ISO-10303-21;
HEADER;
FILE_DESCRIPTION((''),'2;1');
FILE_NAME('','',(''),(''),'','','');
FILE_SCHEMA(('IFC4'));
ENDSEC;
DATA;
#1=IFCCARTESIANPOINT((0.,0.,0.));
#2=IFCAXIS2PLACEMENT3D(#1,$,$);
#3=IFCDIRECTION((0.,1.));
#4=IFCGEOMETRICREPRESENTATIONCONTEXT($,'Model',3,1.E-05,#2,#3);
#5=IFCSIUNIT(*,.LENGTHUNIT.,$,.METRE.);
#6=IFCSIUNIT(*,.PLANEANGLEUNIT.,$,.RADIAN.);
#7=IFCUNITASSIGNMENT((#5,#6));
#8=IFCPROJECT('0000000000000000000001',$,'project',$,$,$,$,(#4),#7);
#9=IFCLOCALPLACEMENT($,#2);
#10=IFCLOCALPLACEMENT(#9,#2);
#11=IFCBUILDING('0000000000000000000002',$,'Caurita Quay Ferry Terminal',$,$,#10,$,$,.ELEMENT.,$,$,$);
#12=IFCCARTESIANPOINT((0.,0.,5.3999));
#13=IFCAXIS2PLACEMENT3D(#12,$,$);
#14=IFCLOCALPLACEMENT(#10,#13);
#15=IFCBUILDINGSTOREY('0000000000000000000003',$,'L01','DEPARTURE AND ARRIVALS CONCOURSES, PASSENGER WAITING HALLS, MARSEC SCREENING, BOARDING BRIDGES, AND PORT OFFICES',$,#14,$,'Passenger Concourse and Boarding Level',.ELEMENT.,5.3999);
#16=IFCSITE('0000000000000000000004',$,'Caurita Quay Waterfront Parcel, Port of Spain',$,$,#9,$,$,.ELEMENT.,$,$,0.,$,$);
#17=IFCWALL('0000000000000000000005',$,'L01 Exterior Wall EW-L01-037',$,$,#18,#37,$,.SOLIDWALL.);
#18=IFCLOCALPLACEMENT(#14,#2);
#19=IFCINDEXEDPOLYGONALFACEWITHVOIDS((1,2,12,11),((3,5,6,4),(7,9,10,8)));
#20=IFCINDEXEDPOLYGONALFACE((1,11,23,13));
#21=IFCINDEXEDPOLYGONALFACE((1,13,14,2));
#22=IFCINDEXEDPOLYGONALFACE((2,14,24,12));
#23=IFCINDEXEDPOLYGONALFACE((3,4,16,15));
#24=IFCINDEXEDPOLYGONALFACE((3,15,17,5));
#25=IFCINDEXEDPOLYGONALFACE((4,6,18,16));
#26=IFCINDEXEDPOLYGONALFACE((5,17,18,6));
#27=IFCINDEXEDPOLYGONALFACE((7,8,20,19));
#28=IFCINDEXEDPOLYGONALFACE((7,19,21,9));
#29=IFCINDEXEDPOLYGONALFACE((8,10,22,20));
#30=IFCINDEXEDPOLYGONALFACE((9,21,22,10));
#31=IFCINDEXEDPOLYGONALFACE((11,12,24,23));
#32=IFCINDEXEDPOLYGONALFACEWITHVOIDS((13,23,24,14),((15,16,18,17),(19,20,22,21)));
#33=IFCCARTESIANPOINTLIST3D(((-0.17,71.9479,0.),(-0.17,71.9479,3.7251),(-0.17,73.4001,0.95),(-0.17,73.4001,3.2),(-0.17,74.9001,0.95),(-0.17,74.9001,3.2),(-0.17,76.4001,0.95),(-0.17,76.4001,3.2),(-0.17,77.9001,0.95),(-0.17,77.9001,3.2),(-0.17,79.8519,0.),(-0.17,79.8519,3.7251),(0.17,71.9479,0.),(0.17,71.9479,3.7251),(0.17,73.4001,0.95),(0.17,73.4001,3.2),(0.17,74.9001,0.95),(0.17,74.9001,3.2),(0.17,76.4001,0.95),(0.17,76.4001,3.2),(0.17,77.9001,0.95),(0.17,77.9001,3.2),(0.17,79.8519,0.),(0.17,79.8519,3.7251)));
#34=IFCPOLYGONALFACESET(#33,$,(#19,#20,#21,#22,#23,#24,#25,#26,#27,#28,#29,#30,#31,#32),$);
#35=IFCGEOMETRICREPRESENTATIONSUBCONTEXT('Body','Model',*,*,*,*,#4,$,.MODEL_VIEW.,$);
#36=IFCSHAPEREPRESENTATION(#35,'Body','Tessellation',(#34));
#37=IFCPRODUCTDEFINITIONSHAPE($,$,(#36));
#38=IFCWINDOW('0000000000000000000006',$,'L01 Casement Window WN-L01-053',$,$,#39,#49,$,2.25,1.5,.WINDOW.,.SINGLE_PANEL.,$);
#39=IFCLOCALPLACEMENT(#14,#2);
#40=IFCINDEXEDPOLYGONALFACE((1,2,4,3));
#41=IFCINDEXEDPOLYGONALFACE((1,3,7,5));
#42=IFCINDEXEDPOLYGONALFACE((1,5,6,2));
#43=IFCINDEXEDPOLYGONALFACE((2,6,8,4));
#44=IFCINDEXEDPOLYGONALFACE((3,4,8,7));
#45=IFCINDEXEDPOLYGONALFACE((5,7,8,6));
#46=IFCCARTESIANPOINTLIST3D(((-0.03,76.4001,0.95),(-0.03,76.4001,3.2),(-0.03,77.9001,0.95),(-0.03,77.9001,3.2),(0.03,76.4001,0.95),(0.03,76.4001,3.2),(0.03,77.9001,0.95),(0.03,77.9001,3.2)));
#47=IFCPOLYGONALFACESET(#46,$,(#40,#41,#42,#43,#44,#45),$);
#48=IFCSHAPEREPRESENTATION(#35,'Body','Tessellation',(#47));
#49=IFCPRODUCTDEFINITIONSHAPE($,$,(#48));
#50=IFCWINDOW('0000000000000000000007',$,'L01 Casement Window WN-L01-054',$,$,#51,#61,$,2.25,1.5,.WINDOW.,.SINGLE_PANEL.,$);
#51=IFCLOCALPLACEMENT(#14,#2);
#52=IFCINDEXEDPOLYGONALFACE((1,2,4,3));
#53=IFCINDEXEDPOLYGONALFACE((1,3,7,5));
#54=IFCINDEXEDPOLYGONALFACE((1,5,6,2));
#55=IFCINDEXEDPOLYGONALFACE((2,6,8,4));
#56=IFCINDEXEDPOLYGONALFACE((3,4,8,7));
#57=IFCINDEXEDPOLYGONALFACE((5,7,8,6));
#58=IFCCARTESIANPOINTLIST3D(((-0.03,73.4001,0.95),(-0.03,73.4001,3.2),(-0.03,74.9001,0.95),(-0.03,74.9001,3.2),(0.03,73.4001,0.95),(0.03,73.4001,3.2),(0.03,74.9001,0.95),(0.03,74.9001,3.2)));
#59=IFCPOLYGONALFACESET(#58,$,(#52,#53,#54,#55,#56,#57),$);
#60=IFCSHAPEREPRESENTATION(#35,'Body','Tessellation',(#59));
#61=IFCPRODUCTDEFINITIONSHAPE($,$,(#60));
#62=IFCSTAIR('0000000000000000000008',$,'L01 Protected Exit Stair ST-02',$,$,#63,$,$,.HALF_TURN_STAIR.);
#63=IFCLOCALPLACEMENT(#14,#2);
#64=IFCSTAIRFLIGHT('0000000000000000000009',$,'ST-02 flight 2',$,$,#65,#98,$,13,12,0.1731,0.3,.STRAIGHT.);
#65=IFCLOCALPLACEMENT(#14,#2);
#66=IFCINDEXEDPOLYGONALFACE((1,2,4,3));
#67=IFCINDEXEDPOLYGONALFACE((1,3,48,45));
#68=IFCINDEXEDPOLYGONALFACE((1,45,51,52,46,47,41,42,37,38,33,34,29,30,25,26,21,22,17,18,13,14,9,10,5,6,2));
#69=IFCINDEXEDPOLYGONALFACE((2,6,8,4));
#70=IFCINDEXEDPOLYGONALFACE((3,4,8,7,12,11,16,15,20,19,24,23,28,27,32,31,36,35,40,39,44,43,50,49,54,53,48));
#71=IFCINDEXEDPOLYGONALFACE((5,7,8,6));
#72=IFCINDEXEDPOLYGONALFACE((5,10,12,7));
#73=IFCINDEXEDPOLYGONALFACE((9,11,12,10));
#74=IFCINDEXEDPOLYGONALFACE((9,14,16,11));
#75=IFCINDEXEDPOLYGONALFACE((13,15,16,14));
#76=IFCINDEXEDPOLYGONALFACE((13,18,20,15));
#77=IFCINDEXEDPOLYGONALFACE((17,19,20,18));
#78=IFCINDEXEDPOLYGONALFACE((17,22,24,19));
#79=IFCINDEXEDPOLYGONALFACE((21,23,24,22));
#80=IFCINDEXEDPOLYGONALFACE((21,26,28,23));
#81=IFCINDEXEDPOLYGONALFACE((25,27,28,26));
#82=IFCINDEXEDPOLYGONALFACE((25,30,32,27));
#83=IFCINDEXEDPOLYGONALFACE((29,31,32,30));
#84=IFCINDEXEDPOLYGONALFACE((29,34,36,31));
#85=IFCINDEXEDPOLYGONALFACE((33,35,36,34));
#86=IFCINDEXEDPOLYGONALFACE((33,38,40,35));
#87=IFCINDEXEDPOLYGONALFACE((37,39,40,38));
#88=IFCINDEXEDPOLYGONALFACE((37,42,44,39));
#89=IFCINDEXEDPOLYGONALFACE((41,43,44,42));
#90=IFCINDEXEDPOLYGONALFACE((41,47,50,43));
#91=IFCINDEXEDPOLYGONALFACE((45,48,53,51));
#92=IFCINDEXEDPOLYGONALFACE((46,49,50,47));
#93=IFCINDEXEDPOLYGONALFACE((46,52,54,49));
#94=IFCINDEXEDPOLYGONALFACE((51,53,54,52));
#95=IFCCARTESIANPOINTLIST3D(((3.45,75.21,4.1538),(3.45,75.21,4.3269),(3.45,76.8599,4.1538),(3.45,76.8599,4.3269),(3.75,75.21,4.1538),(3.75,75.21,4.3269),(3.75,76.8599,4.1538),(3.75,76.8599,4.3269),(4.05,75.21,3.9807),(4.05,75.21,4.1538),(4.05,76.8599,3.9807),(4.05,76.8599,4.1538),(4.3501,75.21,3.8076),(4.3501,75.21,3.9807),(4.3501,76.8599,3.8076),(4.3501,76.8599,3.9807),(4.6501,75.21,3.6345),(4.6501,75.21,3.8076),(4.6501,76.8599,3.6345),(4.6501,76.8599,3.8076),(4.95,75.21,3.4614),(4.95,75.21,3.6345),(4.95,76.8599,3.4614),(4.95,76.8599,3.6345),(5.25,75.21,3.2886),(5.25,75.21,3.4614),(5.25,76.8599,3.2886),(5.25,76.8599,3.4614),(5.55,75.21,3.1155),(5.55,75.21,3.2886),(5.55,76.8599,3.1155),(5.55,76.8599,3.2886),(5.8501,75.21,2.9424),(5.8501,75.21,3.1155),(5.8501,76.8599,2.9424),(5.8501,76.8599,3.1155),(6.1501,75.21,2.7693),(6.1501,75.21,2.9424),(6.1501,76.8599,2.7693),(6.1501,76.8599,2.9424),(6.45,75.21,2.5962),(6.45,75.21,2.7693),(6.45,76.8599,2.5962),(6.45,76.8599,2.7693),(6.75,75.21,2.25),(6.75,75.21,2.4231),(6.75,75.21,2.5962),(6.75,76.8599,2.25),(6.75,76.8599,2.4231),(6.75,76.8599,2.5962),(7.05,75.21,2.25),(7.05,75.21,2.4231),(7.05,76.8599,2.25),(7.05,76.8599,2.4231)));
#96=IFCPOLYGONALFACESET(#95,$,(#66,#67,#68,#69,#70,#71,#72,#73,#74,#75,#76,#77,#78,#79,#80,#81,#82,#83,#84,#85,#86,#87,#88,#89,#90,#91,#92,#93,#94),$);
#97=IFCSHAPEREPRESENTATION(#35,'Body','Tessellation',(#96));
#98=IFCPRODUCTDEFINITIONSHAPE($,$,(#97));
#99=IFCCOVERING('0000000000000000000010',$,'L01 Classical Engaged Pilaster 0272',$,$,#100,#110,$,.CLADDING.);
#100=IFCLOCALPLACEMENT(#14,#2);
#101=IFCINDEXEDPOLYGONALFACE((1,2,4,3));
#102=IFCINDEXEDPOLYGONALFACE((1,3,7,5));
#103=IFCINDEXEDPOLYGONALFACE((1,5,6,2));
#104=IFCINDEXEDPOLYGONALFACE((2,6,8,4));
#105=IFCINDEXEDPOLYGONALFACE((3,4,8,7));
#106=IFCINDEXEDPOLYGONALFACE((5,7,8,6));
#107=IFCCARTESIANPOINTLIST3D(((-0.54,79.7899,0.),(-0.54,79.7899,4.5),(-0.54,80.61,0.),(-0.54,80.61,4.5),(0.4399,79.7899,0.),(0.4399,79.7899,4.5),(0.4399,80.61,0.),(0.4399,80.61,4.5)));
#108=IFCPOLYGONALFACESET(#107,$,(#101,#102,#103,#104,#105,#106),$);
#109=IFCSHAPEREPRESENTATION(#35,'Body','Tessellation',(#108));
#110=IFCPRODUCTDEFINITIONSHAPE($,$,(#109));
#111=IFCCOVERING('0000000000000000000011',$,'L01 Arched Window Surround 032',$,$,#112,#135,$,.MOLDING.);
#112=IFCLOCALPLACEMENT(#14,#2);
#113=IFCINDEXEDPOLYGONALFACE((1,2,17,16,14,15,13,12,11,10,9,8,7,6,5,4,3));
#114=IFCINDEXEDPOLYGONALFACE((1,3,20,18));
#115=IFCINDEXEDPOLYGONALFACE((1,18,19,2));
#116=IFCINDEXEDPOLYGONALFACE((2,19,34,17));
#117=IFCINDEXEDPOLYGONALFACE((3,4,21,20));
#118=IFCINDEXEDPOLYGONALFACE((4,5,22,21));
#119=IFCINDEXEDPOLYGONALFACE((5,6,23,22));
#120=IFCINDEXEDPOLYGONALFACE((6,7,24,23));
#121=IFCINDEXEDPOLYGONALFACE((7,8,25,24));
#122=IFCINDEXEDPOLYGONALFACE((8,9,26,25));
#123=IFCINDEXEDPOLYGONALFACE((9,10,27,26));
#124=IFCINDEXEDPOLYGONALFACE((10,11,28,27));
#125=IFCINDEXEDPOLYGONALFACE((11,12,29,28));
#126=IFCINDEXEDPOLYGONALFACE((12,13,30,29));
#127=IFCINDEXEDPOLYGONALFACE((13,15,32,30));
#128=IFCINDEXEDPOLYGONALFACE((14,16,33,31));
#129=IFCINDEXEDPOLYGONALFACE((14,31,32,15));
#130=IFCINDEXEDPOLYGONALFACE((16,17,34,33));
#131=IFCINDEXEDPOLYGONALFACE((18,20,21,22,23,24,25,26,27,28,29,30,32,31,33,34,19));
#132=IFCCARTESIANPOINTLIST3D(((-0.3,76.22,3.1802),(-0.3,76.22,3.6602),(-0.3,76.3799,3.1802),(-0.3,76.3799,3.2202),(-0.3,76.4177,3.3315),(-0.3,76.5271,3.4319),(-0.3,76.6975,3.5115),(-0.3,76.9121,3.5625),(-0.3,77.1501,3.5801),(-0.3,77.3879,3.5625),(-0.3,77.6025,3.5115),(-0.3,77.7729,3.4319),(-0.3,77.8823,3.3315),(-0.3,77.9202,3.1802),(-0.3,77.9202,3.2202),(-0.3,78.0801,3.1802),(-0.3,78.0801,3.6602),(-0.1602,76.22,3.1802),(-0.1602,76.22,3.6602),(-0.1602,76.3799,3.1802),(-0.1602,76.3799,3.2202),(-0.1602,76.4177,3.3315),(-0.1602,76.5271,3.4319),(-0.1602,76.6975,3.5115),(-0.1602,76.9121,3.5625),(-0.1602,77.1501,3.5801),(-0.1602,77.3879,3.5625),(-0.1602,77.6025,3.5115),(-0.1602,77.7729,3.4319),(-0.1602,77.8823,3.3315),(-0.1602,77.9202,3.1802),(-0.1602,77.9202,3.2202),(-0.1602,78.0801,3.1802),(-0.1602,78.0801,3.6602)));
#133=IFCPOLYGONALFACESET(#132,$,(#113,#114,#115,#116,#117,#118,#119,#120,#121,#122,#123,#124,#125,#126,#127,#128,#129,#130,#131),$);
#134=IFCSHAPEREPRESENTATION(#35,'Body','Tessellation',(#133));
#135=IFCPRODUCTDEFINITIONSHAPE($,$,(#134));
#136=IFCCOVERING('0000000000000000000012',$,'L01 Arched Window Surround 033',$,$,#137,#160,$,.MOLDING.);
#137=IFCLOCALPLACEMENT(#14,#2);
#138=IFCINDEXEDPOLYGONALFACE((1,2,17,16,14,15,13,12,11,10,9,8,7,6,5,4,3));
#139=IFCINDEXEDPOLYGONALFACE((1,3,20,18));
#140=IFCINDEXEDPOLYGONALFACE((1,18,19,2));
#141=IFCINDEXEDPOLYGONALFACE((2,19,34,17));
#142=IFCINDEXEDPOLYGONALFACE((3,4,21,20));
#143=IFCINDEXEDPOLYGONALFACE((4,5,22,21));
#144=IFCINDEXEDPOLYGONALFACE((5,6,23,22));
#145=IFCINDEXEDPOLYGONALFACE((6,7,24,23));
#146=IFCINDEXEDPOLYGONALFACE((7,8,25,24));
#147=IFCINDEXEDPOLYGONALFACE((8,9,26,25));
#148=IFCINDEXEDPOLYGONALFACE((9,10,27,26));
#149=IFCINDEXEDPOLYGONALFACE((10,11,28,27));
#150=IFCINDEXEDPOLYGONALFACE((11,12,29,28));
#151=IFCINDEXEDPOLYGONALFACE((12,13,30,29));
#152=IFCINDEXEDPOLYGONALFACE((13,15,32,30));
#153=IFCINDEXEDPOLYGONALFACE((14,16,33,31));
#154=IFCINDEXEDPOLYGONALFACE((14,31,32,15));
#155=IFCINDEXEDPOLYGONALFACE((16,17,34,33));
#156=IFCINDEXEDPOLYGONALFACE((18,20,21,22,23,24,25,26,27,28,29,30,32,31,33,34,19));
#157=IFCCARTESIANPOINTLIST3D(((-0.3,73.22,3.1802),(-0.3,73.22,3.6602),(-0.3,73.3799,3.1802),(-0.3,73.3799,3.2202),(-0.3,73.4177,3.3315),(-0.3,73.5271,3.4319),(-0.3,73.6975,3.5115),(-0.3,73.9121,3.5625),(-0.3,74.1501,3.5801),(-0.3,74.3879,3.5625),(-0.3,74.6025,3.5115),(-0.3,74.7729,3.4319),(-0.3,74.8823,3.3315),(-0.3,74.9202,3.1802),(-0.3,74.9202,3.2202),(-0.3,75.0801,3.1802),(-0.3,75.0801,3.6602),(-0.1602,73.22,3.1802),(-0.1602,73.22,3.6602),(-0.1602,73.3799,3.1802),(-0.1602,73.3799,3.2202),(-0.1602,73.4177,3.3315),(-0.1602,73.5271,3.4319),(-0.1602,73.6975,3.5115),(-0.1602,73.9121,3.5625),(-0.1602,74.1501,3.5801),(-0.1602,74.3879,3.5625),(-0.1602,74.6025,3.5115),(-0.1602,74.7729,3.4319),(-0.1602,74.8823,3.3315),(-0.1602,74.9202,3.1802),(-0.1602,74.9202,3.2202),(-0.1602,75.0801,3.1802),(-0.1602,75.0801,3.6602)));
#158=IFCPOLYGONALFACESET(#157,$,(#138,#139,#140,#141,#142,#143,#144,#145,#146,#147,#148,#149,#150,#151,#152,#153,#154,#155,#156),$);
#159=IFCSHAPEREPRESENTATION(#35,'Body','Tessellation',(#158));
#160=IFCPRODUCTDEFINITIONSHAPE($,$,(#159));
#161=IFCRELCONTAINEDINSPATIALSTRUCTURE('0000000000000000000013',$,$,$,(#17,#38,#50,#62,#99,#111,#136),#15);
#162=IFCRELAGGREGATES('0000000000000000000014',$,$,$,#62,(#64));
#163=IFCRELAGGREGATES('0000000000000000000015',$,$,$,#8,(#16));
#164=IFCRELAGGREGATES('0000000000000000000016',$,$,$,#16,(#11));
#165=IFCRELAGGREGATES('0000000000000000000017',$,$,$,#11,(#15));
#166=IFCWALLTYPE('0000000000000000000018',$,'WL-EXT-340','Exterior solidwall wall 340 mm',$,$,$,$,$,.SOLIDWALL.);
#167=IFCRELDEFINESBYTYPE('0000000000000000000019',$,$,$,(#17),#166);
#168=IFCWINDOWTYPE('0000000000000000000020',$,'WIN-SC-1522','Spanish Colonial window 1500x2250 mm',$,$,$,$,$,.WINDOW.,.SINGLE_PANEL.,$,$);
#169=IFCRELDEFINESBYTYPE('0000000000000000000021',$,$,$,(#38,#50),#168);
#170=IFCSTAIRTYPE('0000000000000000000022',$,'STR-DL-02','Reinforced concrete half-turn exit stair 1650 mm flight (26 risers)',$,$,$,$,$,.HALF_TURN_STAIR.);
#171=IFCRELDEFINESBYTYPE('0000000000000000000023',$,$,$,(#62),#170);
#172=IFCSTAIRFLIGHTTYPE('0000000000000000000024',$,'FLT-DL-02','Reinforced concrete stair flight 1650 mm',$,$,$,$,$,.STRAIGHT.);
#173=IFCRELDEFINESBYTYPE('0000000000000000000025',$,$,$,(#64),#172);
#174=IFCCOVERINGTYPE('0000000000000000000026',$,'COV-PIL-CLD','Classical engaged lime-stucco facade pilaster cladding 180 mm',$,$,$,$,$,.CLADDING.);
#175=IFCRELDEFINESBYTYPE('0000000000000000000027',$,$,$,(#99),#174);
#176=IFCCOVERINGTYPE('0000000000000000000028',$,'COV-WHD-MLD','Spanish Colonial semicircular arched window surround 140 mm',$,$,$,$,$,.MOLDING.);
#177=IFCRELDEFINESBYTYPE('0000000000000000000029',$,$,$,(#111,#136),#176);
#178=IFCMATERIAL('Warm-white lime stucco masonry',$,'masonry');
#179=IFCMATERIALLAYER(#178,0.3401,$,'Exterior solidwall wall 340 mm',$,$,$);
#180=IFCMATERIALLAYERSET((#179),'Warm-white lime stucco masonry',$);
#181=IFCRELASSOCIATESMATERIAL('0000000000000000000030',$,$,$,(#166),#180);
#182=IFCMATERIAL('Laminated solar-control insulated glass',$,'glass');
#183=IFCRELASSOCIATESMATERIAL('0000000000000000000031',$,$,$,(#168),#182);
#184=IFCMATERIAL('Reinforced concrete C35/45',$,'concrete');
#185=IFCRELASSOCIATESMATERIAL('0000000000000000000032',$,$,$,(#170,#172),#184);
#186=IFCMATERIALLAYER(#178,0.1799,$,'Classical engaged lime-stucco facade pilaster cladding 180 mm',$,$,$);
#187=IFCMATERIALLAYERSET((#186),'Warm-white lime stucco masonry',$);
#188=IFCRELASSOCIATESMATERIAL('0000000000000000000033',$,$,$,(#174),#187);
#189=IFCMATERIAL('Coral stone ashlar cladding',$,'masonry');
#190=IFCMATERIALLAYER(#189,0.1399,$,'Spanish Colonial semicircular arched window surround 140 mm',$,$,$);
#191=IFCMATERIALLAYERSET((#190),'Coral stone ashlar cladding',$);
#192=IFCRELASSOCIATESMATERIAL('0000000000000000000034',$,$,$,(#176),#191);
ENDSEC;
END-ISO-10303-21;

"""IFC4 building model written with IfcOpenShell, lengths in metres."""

from ifc_helpers import new_model, si_unit, direction, frame, frame_2d, origin, origin_2d, place, context, subcontext, project, spatial, polyline, rectangle, outline, extrude, material, layer, layer_set, type_object, element, fill, aggregate, save


model = new_model("IFC4")

# Units and contexts
model_context = context("Model", 3, precision=1e-05, world=origin(), true_north=direction((0.0, 1.0)))
body_context = subcontext(model_context, "Body", "Model", "MODEL_VIEW")
ifc_project = project(units=[si_unit("LENGTHUNIT", "METRE"), si_unit("PLANEANGLEUNIT", "RADIAN")], contexts=[model_context])

# Site, building, storey
site_placement = place(None, origin())
site = spatial("IfcSite", under=ifc_project, at=site_placement, Name="Caurita Quay Waterfront Parcel, Port of Spain", CompositionType="ELEMENT", RefElevation=0.0)
building_placement = place(site_placement, origin())
building = spatial("IfcBuilding", under=site, at=building_placement, Name="Caurita Quay Ferry Terminal", CompositionType="ELEMENT")
storey_placement = place(building_placement, frame((0.0, 0.0, 5.3999)))
storey = spatial("IfcBuildingStorey", under=building, at=storey_placement, Name="L01", Description="DEPARTURE AND ARRIVALS CONCOURSES, PASSENGER WAITING HALLS, MARSEC SCREENING, BOARDING BRIDGES, AND PORT OFFICES", LongName="Passenger Concourse and Boarding Level", CompositionType="ELEMENT", Elevation=5.3999)

# Shared definitions
ifc_material_1 = material(Name="Reinforced concrete C35/45", Category="concrete")

# Shared definitions
ifc_material_2 = material(Name="Warm-white lime stucco masonry", Category="masonry")

# Wall, openings, windows
ifc_layer_1 = layer(ifc_material_2, 0.3401, Name="Exterior solidwall wall 340 mm")
ifc_layer_set_1 = layer_set([ifc_layer_1], Name="Warm-white lime stucco masonry")
wall_type_1 = type_object("IfcWallType", Name="WL-EXT-340", Description="Exterior solidwall wall 340 mm", PredefinedType="SOLIDWALL", material=ifc_layer_set_1)
wall_1_placement = place(storey_placement, frame((0.0, 79.8521, 0.0), z_axis=(0.0, 0.0, 1.0), x_axis=(0.0, -1.0, 0.0)))
wall_1 = element("IfcWall", 1, at=wall_1_placement, inside=storey, type_object=wall_type_1, Name="L01 Exterior Wall EW-L01-037", PredefinedType="SOLIDWALL", context=body_context, shape_type="SweptSolid", body=[
    extrude(rectangle(XDim=7.9041, YDim=0.3401, at=frame_2d((3.9521, 0.0))), origin(), (0.0, 0.0, 1.0), 3.7251),
])
opening_1_placement = place(wall_1_placement, frame((1.9519, 0.0, 0.95)))
opening_1 = element("IfcOpeningElement", 2, at=opening_1_placement, cuts=wall_1, PredefinedType="OPENING", context=body_context, shape_type="SweptSolid", body=[
    extrude(rectangle(XDim=1.5, YDim=2.25, at=frame_2d((0.75, 1.125))), frame((0.0, 0.1799, 0.0), z_axis=(0.0, -1.0, 0.0), x_axis=(1.0, 0.0, 0.0)), (0.0, 0.0, 1.0), 0.3601),
])
opening_2_placement = place(wall_1_placement, frame((4.9519, 0.0, 0.95)))
opening_2 = element("IfcOpeningElement", 3, at=opening_2_placement, cuts=wall_1, PredefinedType="OPENING", context=body_context, shape_type="SweptSolid", body=[
    extrude(rectangle(XDim=1.5, YDim=2.25, at=frame_2d((0.75, 1.125))), frame((0.0, 0.1799, 0.0), z_axis=(0.0, -1.0, 0.0), x_axis=(1.0, 0.0, 0.0)), (0.0, 0.0, 1.0), 0.3601),
])
ifc_material_3 = material(Name="Laminated solar-control insulated glass", Category="glass")
window_type = type_object("IfcWindowType", Name="WIN-SC-1522", Description="Spanish Colonial window 1500x2250 mm", PartitioningType="SINGLE_PANEL", PredefinedType="WINDOW", material=ifc_material_3)
window_1_placement = place(opening_1_placement, origin())
window_1 = element("IfcWindow", 4, at=window_1_placement, inside=storey, type_object=window_type, Name="L01 Casement Window WN-L01-053", OverallHeight=2.25, OverallWidth=1.5, PartitioningType="SINGLE_PANEL", PredefinedType="WINDOW", context=body_context, shape_type="SweptSolid", body=[
    extrude(rectangle(XDim=1.5, YDim=2.25, at=frame_2d((0.75, 1.125))), frame((0.0, 0.03, 0.0), z_axis=(0.0, -1.0, 0.0), x_axis=(1.0, 0.0, 0.0)), (0.0, 0.0, 1.0), 0.0601),
])
fill(opening_1, window_1)
window_2_placement = place(opening_2_placement, origin())
window_2 = element("IfcWindow", 5, at=window_2_placement, inside=storey, type_object=window_type, Name="L01 Casement Window WN-L01-054", OverallHeight=2.25, OverallWidth=1.5, PartitioningType="SINGLE_PANEL", PredefinedType="WINDOW", context=body_context, shape_type="SweptSolid", body=[
    extrude(rectangle(XDim=1.5, YDim=2.25, at=frame_2d((0.75, 1.125))), frame((0.0, 0.03, 0.0), z_axis=(0.0, -1.0, 0.0), x_axis=(1.0, 0.0, 0.0)), (0.0, 0.0, 1.0), 0.0601),
])
fill(opening_2, window_2)

# Stair, stair flight
stair_type = type_object("IfcStairType", Name="STR-DL-02", Description="Reinforced concrete half-turn exit stair 1650 mm flight (26 risers)", PredefinedType="HALF_TURN_STAIR", material=ifc_material_1)
stair_placement = place(storey_placement, origin())
stair = element("IfcStair", 6, at=stair_placement, inside=storey, type_object=stair_type, Name="L01 Protected Exit Stair ST-02", PredefinedType="HALF_TURN_STAIR")
stair_flight_type = type_object("IfcStairFlightType", Name="FLT-DL-02", Description="Reinforced concrete stair flight 1650 mm", PredefinedType="STRAIGHT", material=ifc_material_1)
stair_flight_placement = place(storey_placement, frame((7.05, 76.0349, 2.25), z_axis=(0.0, 0.0, 1.0), x_axis=(-1.0, 0.0, 0.0)))
stair_flight = element("IfcStairFlight", 7, at=stair_flight_placement, type_object=stair_flight_type, Name="ST-02 flight 2", NumberOfRisers=13, NumberOfTreads=12, PredefinedType="STRAIGHT", RiserHeight=0.1731, TreadLength=0.3, context=body_context, shape_type="SweptSolid", body=[
    extrude(outline(polyline([(0.0, 0.0), (0.0, 0.1731), (0.3, 0.1731), (0.3, 0.3462), (0.6001, 0.3462), (0.6001, 0.5193), (0.8999, 0.5193), (0.8999, 0.6924), (1.2, 0.6924), (1.2, 0.8655), (1.5, 0.8655), (1.5, 1.0386), (1.8, 1.0386), (1.8, 1.2114), (2.1001, 1.2114), (2.1001, 1.3845), (2.3999, 1.3845), (2.3999, 1.5576), (2.7, 1.5576), (2.7, 1.7307), (3.0, 1.7307), (3.0, 1.9038), (3.3, 1.9038), (3.3, 2.0769), (3.6001, 2.0769), (3.6001, 2.25), (3.6001, 1.9038), (0.3, 0.0), (0.0, 0.0)])), frame((0.0, 0.825, 0.0), z_axis=(0.0, -1.0, 0.0), x_axis=(1.0, 0.0, 0.0)), (0.0, 0.0, 1.0), 1.6499),
])
aggregate(stair, [stair_flight])

# Coverings
ifc_layer_2 = layer(ifc_material_2, 0.1799, Name="Classical engaged lime-stucco facade pilaster cladding 180 mm")
ifc_layer_set_2 = layer_set([ifc_layer_2], Name="Warm-white lime stucco masonry")
covering_type_1 = type_object("IfcCoveringType", Name="COV-PIL-CLD", Description="Classical engaged lime-stucco facade pilaster cladding 180 mm", PredefinedType="CLADDING", material=ifc_layer_set_2)
covering_1_placement = place(storey_placement, frame((-0.05, 80.2, 0.0), z_axis=(0.0, 0.0, 1.0), x_axis=(1.0, 0.0, 0.0)))
element("IfcCovering", 8, at=covering_1_placement, inside=storey, type_object=covering_type_1, Name="L01 Classical Engaged Pilaster 0272", PredefinedType="CLADDING", context=body_context, shape_type="SweptSolid", body=[
    extrude(rectangle(XDim=0.98, YDim=0.8201, at=origin_2d()), origin(), (0.0, 0.0, 1.0), 4.5),
])
ifc_material_4 = material(Name="Coral stone ashlar cladding", Category="masonry")
ifc_layer_3 = layer(ifc_material_4, 0.1399, Name="Spanish Colonial semicircular arched window surround 140 mm")
ifc_layer_set_3 = layer_set([ifc_layer_3], Name="Coral stone ashlar cladding")
covering_type_2 = type_object("IfcCoveringType", Name="COV-WHD-MLD", Description="Spanish Colonial semicircular arched window surround 140 mm", PredefinedType="MOLDING", material=ifc_layer_set_3)
for number, where, z_axis, x_axis, name in (
    (9, (-0.23, 78.0801, 3.1802), (0.0, 0.0, 1.0), (0.0, -1.0, 0.0), "L01 Arched Window Surround 032"),
    (10, (-0.23, 75.0801, 3.1802), (0.0, 0.0, 1.0), (0.0, -1.0, 0.0), "L01 Arched Window Surround 033"),
):
    element("IfcCovering", number, at=place(storey_placement, frame(where, z_axis=z_axis, x_axis=x_axis)), inside=storey, type_object=covering_type_2, Name=name, PredefinedType="MOLDING", context=body_context, shape_type="SweptSolid", body=[
        extrude(outline(polyline([(0.0, 0.0), (0.1599, 0.0), (0.1599, 0.04), (0.1978, 0.1514), (0.3071, 0.2517), (0.4775, 0.3313), (0.6921, 0.3823), (0.9299, 0.3999), (1.168, 0.3823), (1.3826, 0.3313), (1.553, 0.2517), (1.6624, 0.1514), (1.7002, 0.04), (1.7002, 0.0), (1.8601, 0.0), (1.8601, 0.48), (0.0, 0.48), (0.0, 0.0)])), frame((0.0, 0.0698, 0.0), z_axis=(0.0, -1.0, 0.0), x_axis=(1.0, 0.0, 0.0)), (0.0, 0.0, 1.0), 0.1399),
    ])

save(model, "model.ifc")
